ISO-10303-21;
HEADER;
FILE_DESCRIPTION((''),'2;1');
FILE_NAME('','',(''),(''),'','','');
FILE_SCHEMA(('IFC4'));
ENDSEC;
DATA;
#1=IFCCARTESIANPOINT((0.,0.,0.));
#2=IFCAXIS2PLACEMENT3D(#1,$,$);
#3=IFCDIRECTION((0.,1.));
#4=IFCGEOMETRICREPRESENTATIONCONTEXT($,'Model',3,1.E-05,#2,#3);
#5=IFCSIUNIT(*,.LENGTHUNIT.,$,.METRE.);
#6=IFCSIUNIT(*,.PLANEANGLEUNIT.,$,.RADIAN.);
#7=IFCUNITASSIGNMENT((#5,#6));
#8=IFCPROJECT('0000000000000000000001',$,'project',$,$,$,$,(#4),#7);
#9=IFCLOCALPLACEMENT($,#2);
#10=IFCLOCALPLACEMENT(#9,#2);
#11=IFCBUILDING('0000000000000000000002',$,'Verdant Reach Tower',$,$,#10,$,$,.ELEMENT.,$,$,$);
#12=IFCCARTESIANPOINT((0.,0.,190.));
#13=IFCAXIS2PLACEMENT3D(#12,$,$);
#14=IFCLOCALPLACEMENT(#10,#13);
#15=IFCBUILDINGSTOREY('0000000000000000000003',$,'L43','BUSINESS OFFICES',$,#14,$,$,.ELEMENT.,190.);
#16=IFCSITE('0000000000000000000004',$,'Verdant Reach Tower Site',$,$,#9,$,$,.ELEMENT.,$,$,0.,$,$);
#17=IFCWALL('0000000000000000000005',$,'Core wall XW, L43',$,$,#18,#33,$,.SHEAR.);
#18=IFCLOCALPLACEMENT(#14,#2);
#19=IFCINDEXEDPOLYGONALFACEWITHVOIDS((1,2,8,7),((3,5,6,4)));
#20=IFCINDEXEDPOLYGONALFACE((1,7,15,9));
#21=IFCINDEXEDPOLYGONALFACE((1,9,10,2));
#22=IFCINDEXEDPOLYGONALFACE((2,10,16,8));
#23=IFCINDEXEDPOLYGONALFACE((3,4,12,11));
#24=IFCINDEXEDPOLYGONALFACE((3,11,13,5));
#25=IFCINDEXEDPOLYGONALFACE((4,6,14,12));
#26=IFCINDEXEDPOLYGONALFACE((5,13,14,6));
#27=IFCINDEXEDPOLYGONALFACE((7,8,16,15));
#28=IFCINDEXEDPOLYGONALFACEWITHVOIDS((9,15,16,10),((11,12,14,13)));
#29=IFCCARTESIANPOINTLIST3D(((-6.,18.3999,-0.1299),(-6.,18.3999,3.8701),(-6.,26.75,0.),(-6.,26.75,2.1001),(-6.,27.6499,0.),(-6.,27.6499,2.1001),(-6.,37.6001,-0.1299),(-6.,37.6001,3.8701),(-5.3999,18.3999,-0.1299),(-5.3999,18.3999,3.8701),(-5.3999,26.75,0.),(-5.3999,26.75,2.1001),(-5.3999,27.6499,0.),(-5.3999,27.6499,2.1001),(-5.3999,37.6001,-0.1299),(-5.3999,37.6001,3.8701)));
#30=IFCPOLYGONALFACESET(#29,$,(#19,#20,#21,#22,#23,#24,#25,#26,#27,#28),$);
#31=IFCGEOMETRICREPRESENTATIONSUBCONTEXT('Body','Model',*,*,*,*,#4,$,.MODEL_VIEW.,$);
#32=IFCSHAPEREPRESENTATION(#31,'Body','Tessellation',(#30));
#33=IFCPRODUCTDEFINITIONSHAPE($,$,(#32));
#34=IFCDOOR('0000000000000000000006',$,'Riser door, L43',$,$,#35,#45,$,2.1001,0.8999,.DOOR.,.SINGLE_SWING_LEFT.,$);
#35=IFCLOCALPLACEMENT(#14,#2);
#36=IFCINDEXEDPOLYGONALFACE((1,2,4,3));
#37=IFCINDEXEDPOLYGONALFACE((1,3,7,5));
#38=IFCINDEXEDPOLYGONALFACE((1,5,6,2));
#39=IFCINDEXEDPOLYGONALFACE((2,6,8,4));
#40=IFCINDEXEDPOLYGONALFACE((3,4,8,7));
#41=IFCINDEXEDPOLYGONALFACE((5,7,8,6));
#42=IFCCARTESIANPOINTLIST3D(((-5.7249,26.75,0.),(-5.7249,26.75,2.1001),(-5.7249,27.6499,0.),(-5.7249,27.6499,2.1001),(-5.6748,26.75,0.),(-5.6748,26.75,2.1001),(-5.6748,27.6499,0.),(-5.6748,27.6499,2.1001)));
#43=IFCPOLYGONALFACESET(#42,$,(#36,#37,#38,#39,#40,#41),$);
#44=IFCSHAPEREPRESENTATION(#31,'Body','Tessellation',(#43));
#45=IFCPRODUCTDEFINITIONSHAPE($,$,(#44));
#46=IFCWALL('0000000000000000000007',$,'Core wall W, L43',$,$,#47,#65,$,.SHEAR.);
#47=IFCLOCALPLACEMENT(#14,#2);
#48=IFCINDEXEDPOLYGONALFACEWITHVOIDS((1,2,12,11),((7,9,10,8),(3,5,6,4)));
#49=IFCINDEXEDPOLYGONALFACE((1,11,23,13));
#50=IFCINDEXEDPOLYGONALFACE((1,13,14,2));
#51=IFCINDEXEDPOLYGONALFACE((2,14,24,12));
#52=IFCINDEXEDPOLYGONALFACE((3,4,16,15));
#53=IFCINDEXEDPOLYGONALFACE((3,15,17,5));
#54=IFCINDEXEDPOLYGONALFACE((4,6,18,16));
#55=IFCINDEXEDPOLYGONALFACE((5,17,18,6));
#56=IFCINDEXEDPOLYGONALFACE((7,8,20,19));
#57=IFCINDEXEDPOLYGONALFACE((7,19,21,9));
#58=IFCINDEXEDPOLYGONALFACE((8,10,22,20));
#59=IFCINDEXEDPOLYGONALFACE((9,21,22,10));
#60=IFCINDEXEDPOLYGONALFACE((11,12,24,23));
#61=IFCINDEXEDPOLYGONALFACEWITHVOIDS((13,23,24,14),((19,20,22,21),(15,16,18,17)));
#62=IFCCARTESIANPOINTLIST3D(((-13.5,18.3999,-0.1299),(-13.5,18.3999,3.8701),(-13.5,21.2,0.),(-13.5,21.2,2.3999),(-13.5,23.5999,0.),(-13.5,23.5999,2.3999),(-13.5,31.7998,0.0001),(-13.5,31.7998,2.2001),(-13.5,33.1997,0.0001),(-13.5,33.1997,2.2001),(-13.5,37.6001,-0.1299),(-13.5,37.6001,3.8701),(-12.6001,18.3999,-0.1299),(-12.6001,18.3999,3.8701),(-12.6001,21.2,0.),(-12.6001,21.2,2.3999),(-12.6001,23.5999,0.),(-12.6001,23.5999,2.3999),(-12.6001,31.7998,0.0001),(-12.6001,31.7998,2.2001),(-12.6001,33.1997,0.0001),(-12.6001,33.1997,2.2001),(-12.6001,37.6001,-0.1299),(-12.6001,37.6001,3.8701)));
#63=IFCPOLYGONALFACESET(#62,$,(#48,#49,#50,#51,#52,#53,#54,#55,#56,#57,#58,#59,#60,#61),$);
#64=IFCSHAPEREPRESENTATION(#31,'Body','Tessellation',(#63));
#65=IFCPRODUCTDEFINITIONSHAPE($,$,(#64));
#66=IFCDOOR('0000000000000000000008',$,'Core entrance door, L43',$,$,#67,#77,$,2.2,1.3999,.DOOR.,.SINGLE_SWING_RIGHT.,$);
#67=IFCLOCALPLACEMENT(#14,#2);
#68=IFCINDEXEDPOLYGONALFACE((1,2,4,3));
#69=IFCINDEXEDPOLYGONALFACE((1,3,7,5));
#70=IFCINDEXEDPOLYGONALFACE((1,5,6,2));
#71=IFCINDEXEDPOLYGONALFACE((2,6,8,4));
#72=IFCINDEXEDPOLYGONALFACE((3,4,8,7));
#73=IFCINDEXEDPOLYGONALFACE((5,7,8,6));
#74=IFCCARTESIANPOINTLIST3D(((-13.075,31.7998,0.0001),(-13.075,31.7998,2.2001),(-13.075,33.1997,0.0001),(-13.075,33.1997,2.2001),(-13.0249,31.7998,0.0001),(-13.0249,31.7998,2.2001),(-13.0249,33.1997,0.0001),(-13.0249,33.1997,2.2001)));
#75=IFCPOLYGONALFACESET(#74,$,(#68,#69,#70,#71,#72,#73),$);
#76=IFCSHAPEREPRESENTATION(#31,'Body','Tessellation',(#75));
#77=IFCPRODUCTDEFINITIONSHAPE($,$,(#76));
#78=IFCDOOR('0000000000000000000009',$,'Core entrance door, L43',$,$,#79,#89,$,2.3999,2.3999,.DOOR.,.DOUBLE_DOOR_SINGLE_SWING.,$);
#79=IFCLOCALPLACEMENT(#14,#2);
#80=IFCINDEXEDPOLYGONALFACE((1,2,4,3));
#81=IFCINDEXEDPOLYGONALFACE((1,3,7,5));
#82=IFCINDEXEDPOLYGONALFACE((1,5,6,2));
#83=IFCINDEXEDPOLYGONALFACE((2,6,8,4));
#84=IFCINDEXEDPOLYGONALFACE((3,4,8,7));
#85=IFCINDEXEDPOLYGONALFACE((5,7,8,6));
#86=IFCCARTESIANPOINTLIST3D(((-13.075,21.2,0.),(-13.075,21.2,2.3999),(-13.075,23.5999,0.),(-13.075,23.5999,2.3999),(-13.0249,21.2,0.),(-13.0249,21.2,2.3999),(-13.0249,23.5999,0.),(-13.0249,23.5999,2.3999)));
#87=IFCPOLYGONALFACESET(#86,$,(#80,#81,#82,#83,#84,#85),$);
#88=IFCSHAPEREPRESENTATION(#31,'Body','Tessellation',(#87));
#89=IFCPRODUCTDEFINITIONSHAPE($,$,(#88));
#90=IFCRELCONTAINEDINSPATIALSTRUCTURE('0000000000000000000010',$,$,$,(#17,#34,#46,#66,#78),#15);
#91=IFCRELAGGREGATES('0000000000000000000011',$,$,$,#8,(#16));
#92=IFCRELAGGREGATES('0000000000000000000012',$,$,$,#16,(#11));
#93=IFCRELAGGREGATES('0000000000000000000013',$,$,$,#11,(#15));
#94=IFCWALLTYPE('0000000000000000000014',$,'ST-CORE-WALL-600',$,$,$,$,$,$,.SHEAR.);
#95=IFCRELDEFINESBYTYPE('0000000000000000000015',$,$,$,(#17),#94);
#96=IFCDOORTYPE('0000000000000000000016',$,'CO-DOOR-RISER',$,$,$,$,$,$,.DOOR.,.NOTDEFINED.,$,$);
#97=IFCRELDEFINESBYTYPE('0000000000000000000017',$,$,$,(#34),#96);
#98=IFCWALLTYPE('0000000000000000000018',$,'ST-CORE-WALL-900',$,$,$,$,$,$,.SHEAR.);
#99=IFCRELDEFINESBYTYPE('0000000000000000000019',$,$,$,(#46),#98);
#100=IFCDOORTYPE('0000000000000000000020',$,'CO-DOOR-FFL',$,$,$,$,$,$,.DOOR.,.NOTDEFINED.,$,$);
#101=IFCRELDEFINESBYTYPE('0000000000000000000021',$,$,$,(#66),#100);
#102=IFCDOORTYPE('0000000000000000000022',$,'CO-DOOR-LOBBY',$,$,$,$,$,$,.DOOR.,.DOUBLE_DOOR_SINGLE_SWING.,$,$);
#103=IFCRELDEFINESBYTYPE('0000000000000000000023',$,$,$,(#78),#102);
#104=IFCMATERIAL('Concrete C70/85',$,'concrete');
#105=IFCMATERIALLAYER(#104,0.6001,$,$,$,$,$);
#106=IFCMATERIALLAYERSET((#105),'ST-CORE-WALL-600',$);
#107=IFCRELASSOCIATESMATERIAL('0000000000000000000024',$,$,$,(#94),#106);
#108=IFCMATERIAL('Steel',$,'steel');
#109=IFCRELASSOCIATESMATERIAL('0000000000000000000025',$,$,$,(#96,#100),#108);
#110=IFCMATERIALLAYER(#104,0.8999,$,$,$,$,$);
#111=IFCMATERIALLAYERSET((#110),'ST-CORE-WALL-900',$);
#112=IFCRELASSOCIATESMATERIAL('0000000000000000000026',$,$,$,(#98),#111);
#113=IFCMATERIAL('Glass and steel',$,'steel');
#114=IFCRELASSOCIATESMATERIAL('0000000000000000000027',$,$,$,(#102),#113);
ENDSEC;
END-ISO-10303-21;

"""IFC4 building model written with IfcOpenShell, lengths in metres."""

from ifc_helpers import new_model, si_unit, direction, frame, frame_2d, origin, place, context, subcontext, project, spatial, rectangle, extrude, material, layer, layer_set, type_object, element, fill, save


model = new_model("IFC4")

# Units and contexts
model_context = context("Model", 3, precision=1e-05, world=origin(), true_north=direction((0.0, 1.0)))
body_context = subcontext(model_context, "Body", "Model", "MODEL_VIEW")
ifc_project = project(units=[si_unit("LENGTHUNIT", "METRE"), si_unit("PLANEANGLEUNIT", "RADIAN")], contexts=[model_context])

# Site, building, storey
site_placement = place(None, origin())
site = spatial("IfcSite", under=ifc_project, at=site_placement, Name="Verdant Reach Tower Site", CompositionType="ELEMENT", RefElevation=0.0)
building_placement = place(site_placement, origin())
building = spatial("IfcBuilding", under=site, at=building_placement, Name="Verdant Reach Tower", CompositionType="ELEMENT")
storey_placement = place(building_placement, frame((0.0, 0.0, 190.0)))
storey = spatial("IfcBuildingStorey", under=building, at=storey_placement, Name="L43", Description="BUSINESS OFFICES", CompositionType="ELEMENT", Elevation=190.0)

# Wall, opening, door
ifc_material_1 = material(Name="Concrete C70/85", Category="concrete")
ifc_layer_1 = layer(ifc_material_1, 0.6001)
ifc_layer_set_1 = layer_set([ifc_layer_1], Name="ST-CORE-WALL-600")
wall_type_1 = type_object("IfcWallType", Name="ST-CORE-WALL-600", PredefinedType="SHEAR", material=ifc_layer_set_1)
wall_1_placement = place(storey_placement, frame((-5.7, 18.3999, -0.1299), z_axis=(0.0, 0.0, 1.0), x_axis=(0.0, 1.0, 0.0)))
wall_1 = element("IfcWall", 1, at=wall_1_placement, inside=storey, type_object=wall_type_1, Name="Core wall XW, L43", PredefinedType="SHEAR", context=body_context, shape_type="SweptSolid", body=[
    extrude(rectangle(XDim=19.2002, YDim=0.6001, at=frame_2d((9.6001, 0.0))), origin(), (0.0, 0.0, 1.0), 4.0),
])
opening_1_placement = place(wall_1_placement, frame((8.3501, 0.0, 0.1299)))
opening_1 = element("IfcOpeningElement", 2, at=opening_1_placement, cuts=wall_1, PredefinedType="OPENING", context=body_context, shape_type="SweptSolid", body=[
    extrude(rectangle(XDim=0.8999, YDim=2.1001, at=frame_2d((0.45, 1.05))), frame((0.0, 0.3101, 0.0), z_axis=(0.0, -1.0, 0.0), x_axis=(1.0, 0.0, 0.0)), (0.0, 0.0, 1.0), 0.6201),
])
ifc_material_2 = material(Name="Steel", Category="steel")
door_type_1 = type_object("IfcDoorType", Name="CO-DOOR-RISER", OperationType="NOTDEFINED", PredefinedType="DOOR", material=ifc_material_2)
door_1_placement = place(opening_1_placement, origin())
door_1 = element("IfcDoor", 3, at=door_1_placement, inside=storey, type_object=door_type_1, Name="Riser door, L43", OperationType="SINGLE_SWING_LEFT", OverallHeight=2.1001, OverallWidth=0.8999, PredefinedType="DOOR", context=body_context, shape_type="SweptSolid", body=[
    extrude(rectangle(XDim=0.8999, YDim=2.1001, at=frame_2d((0.45, 1.05))), frame((0.0, 0.0249, 0.0), z_axis=(0.0, -1.0, 0.0), x_axis=(1.0, 0.0, 0.0)), (0.0, 0.0, 1.0), 0.05),
])
fill(opening_1, door_1)

# Wall, openings, doors
ifc_layer_2 = layer(ifc_material_1, 0.8999)
ifc_layer_set_2 = layer_set([ifc_layer_2], Name="ST-CORE-WALL-900")
wall_type_2 = type_object("IfcWallType", Name="ST-CORE-WALL-900", PredefinedType="SHEAR", material=ifc_layer_set_2)
wall_2_placement = place(storey_placement, frame((-13.05, 18.3999, -0.1299), z_axis=(0.0, 0.0, 1.0), x_axis=(0.0, 1.0, 0.0)))
wall_2 = element("IfcWall", 4, at=wall_2_placement, inside=storey, type_object=wall_type_2, Name="Core wall W, L43", PredefinedType="SHEAR", context=body_context, shape_type="SweptSolid", body=[
    extrude(rectangle(XDim=19.2002, YDim=0.8999, at=frame_2d((9.6001, 0.0))), origin(), (0.0, 0.0, 1.0), 4.0),
])
opening_2_placement = place(wall_2_placement, frame((2.8, 0.0, 0.1299)))
opening_2 = element("IfcOpeningElement", 5, at=opening_2_placement, cuts=wall_2, PredefinedType="OPENING", context=body_context, shape_type="SweptSolid", body=[
    extrude(rectangle(XDim=2.3999, YDim=2.3999, at=frame_2d((1.2, 1.2))), frame((0.0, 0.46, 0.0), z_axis=(0.0, -1.0, 0.0), x_axis=(1.0, 0.0, 0.0)), (0.0, 0.0, 1.0), 0.9199),
])
opening_3_placement = place(wall_2_placement, frame((13.3999, 0.0, 0.1299)))
opening_3 = element("IfcOpeningElement", 6, at=opening_3_placement, cuts=wall_2, PredefinedType="OPENING", context=body_context, shape_type="SweptSolid", body=[
    extrude(rectangle(XDim=1.3999, YDim=2.2, at=frame_2d((0.7, 1.1001))), frame((0.0, 0.46, 0.0), z_axis=(0.0, -1.0, 0.0), x_axis=(1.0, 0.0, 0.0)), (0.0, 0.0, 1.0), 0.9199),
])
door_type_2 = type_object("IfcDoorType", Name="CO-DOOR-FFL", OperationType="NOTDEFINED", PredefinedType="DOOR", material=ifc_material_2)
door_2_placement = place(opening_3_placement, origin())
door_2 = element("IfcDoor", 7, at=door_2_placement, inside=storey, type_object=door_type_2, Name="Core entrance door, L43", OperationType="SINGLE_SWING_RIGHT", OverallHeight=2.2, OverallWidth=1.3999, PredefinedType="DOOR", context=body_context, shape_type="SweptSolid", body=[
    extrude(rectangle(XDim=1.3999, YDim=2.2, at=frame_2d((0.7, 1.1001))), frame((0.0, 0.0249, 0.0), z_axis=(0.0, -1.0, 0.0), x_axis=(1.0, 0.0, 0.0)), (0.0, 0.0, 1.0), 0.05),
])
fill(opening_3, door_2)
ifc_material_3 = material(Name="Glass and steel", Category="steel")
door_type_3 = type_object("IfcDoorType", Name="CO-DOOR-LOBBY", OperationType="DOUBLE_DOOR_SINGLE_SWING", PredefinedType="DOOR", material=ifc_material_3)
door_3_placement = place(opening_2_placement, origin())
door_3 = element("IfcDoor", 8, at=door_3_placement, inside=storey, type_object=door_type_3, Name="Core entrance door, L43", OperationType="DOUBLE_DOOR_SINGLE_SWING", OverallHeight=2.3999, OverallWidth=2.3999, PredefinedType="DOOR", context=body_context, shape_type="SweptSolid", body=[
    extrude(rectangle(XDim=2.3999, YDim=2.3999, at=frame_2d((1.2, 1.2))), frame((0.0, 0.0249, 0.0), z_axis=(0.0, -1.0, 0.0), x_axis=(1.0, 0.0, 0.0)), (0.0, 0.0, 1.0), 0.05),
])
fill(opening_2, door_3)

save(model, "model.ifc")
